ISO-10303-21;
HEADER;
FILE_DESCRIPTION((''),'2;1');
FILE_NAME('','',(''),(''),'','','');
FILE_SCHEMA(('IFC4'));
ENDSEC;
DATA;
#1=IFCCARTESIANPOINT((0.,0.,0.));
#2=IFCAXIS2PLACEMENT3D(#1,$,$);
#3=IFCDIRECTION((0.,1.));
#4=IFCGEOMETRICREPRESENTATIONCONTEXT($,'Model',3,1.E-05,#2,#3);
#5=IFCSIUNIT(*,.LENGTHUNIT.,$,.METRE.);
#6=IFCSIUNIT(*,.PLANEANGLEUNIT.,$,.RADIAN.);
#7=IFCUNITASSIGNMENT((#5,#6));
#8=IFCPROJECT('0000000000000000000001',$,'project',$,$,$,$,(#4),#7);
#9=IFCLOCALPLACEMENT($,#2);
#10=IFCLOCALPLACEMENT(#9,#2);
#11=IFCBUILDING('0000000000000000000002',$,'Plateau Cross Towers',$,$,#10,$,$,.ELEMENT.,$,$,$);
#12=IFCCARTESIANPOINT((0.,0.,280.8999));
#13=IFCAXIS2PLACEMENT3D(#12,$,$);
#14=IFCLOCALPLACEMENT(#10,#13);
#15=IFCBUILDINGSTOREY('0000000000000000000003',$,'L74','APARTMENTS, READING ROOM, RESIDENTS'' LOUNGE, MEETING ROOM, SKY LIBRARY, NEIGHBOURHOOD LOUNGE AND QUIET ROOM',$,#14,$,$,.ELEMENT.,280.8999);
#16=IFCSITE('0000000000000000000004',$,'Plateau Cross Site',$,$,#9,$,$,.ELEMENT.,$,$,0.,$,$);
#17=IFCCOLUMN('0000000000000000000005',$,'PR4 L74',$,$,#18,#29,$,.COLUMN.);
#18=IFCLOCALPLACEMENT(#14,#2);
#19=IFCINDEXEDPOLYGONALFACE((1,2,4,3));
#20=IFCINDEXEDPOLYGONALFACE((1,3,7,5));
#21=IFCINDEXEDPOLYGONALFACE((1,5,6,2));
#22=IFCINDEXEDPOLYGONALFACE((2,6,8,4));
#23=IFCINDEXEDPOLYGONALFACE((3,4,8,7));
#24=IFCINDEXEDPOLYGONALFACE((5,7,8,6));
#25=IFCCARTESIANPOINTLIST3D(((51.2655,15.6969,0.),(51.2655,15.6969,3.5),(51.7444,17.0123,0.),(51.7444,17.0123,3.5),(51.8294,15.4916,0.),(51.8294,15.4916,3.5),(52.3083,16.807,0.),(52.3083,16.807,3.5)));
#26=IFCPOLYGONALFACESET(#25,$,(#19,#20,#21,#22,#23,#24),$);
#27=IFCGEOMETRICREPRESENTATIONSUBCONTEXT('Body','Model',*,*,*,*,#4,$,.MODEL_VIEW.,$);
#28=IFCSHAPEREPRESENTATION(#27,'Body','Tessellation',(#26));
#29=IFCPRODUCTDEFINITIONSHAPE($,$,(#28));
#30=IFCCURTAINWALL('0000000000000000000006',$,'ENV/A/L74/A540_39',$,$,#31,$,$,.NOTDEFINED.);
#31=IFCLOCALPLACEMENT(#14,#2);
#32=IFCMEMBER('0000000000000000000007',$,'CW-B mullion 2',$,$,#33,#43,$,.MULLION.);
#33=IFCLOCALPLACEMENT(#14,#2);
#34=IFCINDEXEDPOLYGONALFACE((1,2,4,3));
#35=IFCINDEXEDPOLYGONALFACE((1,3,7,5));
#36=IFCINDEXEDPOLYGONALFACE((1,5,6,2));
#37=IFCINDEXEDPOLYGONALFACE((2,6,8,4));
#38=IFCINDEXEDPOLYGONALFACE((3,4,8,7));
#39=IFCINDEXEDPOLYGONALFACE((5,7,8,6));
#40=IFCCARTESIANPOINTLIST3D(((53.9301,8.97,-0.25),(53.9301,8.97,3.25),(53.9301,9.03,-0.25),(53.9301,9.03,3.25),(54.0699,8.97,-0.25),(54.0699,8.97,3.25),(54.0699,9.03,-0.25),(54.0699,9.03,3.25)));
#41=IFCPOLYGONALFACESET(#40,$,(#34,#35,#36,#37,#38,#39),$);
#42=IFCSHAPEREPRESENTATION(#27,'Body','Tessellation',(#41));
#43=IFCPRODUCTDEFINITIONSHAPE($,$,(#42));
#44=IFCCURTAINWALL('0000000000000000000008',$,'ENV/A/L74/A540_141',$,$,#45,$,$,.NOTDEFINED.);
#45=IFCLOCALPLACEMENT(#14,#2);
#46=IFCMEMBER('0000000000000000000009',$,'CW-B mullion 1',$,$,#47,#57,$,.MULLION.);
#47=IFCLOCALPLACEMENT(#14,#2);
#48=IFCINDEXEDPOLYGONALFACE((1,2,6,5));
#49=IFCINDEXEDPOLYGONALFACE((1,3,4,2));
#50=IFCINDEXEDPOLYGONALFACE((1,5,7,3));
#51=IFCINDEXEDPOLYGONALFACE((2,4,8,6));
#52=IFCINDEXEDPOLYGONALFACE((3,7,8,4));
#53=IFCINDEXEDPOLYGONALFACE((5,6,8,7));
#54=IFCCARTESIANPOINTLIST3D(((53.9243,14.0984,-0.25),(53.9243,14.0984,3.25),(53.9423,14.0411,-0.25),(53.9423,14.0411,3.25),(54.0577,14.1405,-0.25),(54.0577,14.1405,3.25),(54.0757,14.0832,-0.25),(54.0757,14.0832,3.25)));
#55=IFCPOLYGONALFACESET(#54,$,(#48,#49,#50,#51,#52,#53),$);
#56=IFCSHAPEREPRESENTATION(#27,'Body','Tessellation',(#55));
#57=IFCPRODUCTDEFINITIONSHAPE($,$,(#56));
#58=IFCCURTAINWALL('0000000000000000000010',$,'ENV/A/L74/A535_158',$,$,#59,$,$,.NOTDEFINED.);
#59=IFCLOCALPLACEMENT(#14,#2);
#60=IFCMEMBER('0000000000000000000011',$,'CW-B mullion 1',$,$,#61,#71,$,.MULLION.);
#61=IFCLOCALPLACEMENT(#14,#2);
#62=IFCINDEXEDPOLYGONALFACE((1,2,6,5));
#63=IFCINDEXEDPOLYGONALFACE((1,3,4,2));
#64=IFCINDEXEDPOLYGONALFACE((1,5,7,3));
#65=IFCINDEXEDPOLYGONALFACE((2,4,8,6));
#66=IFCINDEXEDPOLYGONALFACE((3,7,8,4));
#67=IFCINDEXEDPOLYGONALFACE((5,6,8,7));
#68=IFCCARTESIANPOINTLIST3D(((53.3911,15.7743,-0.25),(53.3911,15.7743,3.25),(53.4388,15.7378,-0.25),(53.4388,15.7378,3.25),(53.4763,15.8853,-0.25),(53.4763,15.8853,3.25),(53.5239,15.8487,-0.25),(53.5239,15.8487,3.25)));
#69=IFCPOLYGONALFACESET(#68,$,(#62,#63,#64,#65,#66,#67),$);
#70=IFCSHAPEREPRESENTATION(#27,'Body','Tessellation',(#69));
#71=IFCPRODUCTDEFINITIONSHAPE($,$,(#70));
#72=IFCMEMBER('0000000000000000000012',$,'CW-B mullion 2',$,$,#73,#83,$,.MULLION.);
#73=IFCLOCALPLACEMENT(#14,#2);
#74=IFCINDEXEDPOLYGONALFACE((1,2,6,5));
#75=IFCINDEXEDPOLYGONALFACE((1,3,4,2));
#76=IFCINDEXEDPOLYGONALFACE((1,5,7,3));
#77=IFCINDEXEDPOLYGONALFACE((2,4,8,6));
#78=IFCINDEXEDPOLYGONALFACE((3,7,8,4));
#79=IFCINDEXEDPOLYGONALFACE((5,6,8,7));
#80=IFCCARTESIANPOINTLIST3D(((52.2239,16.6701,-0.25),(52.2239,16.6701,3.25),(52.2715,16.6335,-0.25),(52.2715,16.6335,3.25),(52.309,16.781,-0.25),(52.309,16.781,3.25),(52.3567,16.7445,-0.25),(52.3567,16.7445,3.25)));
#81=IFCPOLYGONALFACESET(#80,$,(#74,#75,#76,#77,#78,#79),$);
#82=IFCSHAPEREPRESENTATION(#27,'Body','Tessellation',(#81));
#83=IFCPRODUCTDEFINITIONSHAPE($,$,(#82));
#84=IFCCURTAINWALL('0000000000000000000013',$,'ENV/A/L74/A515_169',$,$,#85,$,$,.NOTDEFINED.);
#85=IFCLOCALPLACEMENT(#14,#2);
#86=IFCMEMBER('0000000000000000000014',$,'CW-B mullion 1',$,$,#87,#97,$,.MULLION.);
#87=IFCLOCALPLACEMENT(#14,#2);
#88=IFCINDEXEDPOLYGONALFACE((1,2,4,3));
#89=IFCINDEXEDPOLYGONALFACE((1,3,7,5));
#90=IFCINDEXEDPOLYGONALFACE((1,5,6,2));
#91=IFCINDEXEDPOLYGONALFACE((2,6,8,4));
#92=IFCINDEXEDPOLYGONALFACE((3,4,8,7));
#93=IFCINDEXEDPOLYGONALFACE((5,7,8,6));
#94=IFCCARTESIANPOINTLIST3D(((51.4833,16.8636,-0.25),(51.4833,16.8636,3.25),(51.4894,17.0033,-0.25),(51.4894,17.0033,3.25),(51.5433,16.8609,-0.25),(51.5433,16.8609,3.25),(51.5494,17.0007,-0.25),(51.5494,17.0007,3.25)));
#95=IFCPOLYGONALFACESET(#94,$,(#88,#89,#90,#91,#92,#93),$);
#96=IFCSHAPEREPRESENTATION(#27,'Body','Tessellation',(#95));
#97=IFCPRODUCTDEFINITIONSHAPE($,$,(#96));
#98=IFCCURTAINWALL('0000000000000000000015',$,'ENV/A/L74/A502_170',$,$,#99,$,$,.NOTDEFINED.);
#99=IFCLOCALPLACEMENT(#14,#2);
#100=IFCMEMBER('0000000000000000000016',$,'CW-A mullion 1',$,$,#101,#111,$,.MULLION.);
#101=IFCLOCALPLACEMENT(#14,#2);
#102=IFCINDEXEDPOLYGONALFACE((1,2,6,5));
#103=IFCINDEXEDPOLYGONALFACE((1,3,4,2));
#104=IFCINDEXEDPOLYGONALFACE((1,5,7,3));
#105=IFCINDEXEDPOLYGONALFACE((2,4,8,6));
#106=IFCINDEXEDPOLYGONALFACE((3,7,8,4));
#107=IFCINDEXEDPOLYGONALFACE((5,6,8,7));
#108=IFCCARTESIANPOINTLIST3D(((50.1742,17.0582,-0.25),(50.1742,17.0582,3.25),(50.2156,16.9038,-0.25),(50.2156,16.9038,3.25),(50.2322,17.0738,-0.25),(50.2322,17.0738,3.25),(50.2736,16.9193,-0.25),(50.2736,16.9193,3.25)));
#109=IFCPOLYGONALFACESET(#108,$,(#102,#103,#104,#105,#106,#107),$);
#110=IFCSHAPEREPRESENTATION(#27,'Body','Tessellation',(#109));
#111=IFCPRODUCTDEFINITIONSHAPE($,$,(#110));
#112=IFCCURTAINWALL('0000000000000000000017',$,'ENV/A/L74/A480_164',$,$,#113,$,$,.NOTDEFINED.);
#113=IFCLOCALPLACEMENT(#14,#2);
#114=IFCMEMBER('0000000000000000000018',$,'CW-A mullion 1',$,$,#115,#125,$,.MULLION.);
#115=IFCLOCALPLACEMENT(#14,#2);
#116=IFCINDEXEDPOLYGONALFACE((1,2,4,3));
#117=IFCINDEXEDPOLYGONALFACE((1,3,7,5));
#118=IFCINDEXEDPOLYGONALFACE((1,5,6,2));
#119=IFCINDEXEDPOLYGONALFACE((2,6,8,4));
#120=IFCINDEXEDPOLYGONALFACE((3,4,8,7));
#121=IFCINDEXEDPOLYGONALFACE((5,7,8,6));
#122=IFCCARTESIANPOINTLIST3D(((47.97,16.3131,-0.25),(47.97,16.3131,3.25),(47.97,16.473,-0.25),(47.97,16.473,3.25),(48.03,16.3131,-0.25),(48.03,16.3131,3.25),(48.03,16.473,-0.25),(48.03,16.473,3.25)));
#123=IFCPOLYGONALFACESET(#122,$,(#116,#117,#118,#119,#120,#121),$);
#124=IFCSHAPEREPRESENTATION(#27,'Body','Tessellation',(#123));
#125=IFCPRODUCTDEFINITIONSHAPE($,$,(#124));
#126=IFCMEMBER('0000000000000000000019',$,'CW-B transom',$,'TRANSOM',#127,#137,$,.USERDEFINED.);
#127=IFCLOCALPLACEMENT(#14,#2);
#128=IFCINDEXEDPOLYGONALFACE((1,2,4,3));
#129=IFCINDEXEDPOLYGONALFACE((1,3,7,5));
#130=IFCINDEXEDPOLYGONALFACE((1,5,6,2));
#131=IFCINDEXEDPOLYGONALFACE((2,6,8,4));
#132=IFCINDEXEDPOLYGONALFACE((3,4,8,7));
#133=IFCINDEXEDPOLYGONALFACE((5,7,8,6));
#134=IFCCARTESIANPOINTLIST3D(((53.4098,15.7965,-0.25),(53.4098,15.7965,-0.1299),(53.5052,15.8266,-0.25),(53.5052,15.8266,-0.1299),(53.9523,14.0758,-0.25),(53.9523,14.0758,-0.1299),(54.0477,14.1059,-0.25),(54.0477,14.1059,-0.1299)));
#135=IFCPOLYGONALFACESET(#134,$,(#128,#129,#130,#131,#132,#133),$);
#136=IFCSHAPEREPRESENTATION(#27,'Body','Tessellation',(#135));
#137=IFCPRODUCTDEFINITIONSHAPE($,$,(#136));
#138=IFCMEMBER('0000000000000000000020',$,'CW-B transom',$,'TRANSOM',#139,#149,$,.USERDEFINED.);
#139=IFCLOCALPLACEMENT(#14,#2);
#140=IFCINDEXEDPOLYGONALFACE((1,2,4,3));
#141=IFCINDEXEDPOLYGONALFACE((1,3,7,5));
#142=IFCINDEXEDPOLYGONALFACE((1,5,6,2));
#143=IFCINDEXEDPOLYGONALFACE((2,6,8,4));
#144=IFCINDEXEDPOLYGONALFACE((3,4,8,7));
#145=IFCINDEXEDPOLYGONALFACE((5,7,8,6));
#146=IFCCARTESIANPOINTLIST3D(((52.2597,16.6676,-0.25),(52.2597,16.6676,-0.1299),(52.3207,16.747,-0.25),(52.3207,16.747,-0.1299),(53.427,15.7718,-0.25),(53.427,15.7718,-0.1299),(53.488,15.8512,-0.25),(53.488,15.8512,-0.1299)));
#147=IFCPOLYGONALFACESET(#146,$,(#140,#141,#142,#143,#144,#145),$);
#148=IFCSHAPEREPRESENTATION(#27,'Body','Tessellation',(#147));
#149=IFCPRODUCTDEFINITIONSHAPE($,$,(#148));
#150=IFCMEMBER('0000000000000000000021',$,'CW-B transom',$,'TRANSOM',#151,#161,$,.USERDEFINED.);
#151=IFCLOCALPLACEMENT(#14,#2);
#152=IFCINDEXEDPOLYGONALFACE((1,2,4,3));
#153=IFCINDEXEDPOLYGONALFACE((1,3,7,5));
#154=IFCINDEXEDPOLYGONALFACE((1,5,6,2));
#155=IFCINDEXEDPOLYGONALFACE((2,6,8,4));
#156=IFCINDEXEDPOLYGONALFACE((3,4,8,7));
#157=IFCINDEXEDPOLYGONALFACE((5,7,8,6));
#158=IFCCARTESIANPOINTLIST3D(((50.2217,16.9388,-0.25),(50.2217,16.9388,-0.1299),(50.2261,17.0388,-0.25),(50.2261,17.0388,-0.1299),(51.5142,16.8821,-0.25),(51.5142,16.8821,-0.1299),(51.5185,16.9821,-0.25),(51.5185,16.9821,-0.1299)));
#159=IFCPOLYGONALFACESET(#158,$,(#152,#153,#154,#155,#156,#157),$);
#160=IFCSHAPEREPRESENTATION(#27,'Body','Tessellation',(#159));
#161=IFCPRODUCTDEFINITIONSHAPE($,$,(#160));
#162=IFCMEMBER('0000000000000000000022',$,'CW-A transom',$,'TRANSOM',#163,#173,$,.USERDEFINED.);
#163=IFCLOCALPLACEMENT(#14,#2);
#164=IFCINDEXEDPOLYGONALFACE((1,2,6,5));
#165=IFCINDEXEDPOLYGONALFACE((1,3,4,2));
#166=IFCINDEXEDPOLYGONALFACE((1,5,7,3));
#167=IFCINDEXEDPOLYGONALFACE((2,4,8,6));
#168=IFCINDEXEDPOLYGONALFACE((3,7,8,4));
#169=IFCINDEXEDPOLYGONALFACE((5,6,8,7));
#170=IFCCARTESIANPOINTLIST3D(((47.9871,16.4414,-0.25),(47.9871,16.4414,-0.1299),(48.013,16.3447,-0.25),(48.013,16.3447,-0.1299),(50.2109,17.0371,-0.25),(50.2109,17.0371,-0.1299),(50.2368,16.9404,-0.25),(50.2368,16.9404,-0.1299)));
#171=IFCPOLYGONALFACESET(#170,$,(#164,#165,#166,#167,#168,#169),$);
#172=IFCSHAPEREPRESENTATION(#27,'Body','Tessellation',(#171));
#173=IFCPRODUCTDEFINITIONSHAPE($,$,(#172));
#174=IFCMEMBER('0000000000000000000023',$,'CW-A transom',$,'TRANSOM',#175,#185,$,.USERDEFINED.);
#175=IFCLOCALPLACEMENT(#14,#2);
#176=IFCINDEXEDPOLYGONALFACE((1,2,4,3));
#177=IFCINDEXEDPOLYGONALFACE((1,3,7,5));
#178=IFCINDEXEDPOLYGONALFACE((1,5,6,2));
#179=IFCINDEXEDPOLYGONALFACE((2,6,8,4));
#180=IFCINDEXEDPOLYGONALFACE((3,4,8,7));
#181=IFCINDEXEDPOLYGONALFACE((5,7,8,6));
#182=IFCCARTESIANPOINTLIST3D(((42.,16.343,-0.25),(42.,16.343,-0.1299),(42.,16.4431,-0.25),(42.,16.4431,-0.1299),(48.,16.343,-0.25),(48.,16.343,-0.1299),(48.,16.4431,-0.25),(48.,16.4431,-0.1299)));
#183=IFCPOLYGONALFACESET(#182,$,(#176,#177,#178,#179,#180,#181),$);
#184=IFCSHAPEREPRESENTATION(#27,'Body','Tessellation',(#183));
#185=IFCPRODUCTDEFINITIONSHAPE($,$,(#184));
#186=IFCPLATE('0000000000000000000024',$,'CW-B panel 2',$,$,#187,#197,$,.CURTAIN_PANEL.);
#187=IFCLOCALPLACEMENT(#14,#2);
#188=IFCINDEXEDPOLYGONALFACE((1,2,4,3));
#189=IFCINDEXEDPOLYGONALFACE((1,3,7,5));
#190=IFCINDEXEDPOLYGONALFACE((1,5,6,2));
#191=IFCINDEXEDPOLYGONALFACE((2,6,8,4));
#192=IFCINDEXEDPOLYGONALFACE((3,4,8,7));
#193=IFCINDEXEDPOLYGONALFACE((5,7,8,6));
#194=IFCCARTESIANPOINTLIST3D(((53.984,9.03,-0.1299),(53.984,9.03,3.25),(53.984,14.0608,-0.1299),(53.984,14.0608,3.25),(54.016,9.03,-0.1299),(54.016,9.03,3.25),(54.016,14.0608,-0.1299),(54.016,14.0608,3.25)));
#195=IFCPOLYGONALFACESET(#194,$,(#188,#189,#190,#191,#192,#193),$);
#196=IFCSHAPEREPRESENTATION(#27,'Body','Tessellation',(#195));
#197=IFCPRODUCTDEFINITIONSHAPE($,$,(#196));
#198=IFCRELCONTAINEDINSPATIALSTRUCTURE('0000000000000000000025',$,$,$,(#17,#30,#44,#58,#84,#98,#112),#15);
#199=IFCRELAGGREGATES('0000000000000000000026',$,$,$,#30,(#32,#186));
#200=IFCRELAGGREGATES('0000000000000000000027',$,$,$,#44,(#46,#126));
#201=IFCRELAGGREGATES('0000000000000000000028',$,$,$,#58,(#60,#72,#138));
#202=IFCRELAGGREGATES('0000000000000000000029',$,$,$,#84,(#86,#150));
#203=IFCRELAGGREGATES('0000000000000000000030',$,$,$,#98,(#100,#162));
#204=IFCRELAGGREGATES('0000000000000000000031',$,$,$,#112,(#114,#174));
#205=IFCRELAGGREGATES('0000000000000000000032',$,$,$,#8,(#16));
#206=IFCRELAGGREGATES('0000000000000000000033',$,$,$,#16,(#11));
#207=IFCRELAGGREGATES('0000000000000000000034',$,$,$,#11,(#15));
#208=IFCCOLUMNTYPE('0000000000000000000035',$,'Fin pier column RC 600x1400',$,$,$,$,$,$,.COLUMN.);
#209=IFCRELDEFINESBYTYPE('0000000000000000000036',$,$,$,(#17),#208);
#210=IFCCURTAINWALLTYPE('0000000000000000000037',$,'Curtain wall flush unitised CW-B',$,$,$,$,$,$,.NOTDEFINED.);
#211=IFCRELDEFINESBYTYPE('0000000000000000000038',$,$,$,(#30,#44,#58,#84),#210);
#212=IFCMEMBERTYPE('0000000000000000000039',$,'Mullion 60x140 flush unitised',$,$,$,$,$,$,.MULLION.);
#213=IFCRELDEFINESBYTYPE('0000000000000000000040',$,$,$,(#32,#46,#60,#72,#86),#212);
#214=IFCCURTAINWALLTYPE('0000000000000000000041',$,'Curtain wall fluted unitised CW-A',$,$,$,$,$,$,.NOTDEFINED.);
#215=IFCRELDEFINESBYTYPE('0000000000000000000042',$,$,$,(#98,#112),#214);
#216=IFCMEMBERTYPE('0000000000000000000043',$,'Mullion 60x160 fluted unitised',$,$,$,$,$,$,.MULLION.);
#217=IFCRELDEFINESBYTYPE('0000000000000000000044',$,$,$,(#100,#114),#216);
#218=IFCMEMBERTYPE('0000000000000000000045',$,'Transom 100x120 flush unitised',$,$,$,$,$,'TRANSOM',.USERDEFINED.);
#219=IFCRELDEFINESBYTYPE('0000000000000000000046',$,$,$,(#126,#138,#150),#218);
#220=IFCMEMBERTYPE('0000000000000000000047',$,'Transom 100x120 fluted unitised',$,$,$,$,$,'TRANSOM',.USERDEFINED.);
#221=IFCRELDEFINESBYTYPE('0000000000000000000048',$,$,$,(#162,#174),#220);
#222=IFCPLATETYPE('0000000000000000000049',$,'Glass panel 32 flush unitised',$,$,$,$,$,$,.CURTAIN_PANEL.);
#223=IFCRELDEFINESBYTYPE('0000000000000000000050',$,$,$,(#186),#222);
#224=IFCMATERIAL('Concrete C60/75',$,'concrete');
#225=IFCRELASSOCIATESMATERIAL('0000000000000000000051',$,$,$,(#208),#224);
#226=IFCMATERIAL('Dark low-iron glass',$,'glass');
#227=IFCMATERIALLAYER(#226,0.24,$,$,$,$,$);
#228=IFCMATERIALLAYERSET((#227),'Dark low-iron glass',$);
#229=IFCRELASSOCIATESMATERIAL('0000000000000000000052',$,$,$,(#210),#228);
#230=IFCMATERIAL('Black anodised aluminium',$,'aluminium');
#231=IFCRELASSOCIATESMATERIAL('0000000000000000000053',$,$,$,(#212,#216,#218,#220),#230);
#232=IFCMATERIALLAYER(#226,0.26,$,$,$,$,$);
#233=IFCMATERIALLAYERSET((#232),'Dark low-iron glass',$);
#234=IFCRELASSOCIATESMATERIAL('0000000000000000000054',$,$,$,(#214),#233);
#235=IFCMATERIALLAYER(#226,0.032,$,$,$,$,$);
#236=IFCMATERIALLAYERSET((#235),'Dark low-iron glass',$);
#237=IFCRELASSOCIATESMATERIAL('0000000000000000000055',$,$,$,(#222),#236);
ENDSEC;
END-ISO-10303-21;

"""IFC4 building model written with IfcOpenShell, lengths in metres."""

from ifc_helpers import new_model, si_unit, direction, frame, origin, origin_2d, place, context, subcontext, project, spatial, rectangle, extrude, material, layer, layer_set, material_profile, profile_set, type_object, element, aggregate, save


model = new_model("IFC4")

# Units and contexts
model_context = context("Model", 3, precision=1e-05, world=origin(), true_north=direction((0.0, 1.0)))
body_context = subcontext(model_context, "Body", "Model", "MODEL_VIEW")
ifc_project = project(units=[si_unit("LENGTHUNIT", "METRE"), si_unit("PLANEANGLEUNIT", "RADIAN")], contexts=[model_context])

# Site, building, storey
site_placement = place(None, origin())
site = spatial("IfcSite", under=ifc_project, at=site_placement, Name="Plateau Cross Site", CompositionType="ELEMENT", RefElevation=0.0)
building_placement = place(site_placement, origin())
building = spatial("IfcBuilding", under=site, at=building_placement, Name="Plateau Cross Towers", CompositionType="ELEMENT")
storey_placement = place(building_placement, frame((0.0, 0.0, 280.8999)))
storey = spatial("IfcBuildingStorey", under=building, at=storey_placement, Name="L74", Description="APARTMENTS, READING ROOM, RESIDENTS' LOUNGE, MEETING ROOM, SKY LIBRARY, NEIGHBOURHOOD LOUNGE AND QUIET ROOM", CompositionType="ELEMENT", Elevation=280.8999)

# Column
ifc_material_1 = material(Name="Concrete C60/75", Category="concrete")
ifc_material_profile_1 = material_profile(ifc_material_1, rectangle(XDim=0.6001, YDim=1.3999, at=origin_2d()), Name="RC 600x1400")
ifc_profile_set_1 = profile_set([ifc_material_profile_1], Name="Concrete C60/75")
column_type = type_object("IfcColumnType", Name="Fin pier column RC 600x1400", PredefinedType="COLUMN", material=ifc_profile_set_1)
column_placement = place(storey_placement, frame((51.7869, 16.252, 0.0), z_axis=(0.0, 0.0, 1.0), x_axis=(-0.939664, 0.342098, 0.0)))
element("IfcColumn", 1, at=column_placement, inside=storey, type_object=column_type, Name="PR4 L74", PredefinedType="COLUMN", context=body_context, shape_type="SweptSolid", body=[
    extrude(rectangle(XDim=0.6001, YDim=1.3999, at=origin_2d()), origin(), (0.0, 0.0, 1.0), 3.5),
])

# Curtain walls, members
ifc_material_2 = material(Name="Dark low-iron glass", Category="glass")
ifc_layer_1 = layer(ifc_material_2, 0.24)
ifc_layer_set_1 = layer_set([ifc_layer_1], Name="Dark low-iron glass")
curtain_wall_type_1 = type_object("IfcCurtainWallType", Name="Curtain wall flush unitised CW-B", PredefinedType="NOTDEFINED", material=ifc_layer_set_1)
curtain_wall_1_placement = place(storey_placement, origin())
curtain_wall_1 = element("IfcCurtainWall", 2, at=curtain_wall_1_placement, inside=storey, type_object=curtain_wall_type_1, Name="ENV/A/L74/A540_39", PredefinedType="NOTDEFINED")
ifc_material_3 = material(Name="Black anodised aluminium", Category="aluminium")
ifc_material_profile_2 = material_profile(ifc_material_3, rectangle(XDim=0.0601, YDim=0.1399, at=origin_2d()), Name="MULLION 60x140")
ifc_profile_set_2 = profile_set([ifc_material_profile_2], Name="Black anodised aluminium")
member_type_1 = type_object("IfcMemberType", Name="Mullion 60x140 flush unitised", PredefinedType="MULLION", material=ifc_profile_set_2)
member_1_placement = place(storey_placement, frame((54.0, 9.0, -0.25), z_axis=(0.0, 0.0, 1.0), x_axis=(0.0, 1.0, 0.0)))
member_1 = element("IfcMember", 3, at=member_1_placement, type_object=member_type_1, Name="CW-B mullion 2", PredefinedType="MULLION", context=body_context, shape_type="SweptSolid", body=[
    extrude(rectangle(XDim=0.0601, YDim=0.1399, at=origin_2d()), origin(), (0.0, 0.0, 1.0), 3.5),
])
curtain_wall_2_placement = place(storey_placement, origin())
curtain_wall_2 = element("IfcCurtainWall", 4, at=curtain_wall_2_placement, inside=storey, type_object=curtain_wall_type_1, Name="ENV/A/L74/A540_141", PredefinedType="NOTDEFINED")
member_2_placement = place(storey_placement, frame((54.0, 14.0908, -0.25), z_axis=(0.0, 0.0, 1.0), x_axis=(-0.300686, 0.953723, 0.0)))
member_2 = element("IfcMember", 5, at=member_2_placement, type_object=member_type_1, Name="CW-B mullion 1", PredefinedType="MULLION", context=body_context, shape_type="SweptSolid", body=[
    extrude(rectangle(XDim=0.0601, YDim=0.1399, at=origin_2d()), origin(), (0.0, 0.0, 1.0), 3.5),
])

# Curtain wall, members
curtain_wall_3_placement = place(storey_placement, origin())
curtain_wall_3 = element("IfcCurtainWall", 6, at=curtain_wall_3_placement, inside=storey, type_object=curtain_wall_type_1, Name="ENV/A/L74/A535_158", PredefinedType="NOTDEFINED")
member_3_placement = place(storey_placement, frame((53.4575, 15.8115, -0.25), z_axis=(0.0, 0.0, 1.0), x_axis=(-0.793316, 0.608811, 0.0)))
member_3 = element("IfcMember", 7, at=member_3_placement, type_object=member_type_1, Name="CW-B mullion 1", PredefinedType="MULLION", context=body_context, shape_type="SweptSolid", body=[
    extrude(rectangle(XDim=0.0601, YDim=0.1399, at=origin_2d()), origin(), (0.0, 0.0, 1.0), 3.5),
])
member_4_placement = place(storey_placement, frame((52.2903, 16.7073, -0.25), z_axis=(0.0, 0.0, 1.0), x_axis=(-0.793316, 0.608811, 0.0)))
member_4 = element("IfcMember", 8, at=member_4_placement, type_object=member_type_1, Name="CW-B mullion 2", PredefinedType="MULLION", context=body_context, shape_type="SweptSolid", body=[
    extrude(rectangle(XDim=0.0601, YDim=0.1399, at=origin_2d()), origin(), (0.0, 0.0, 1.0), 3.5),
])

# Curtain walls, members
curtain_wall_4_placement = place(storey_placement, origin())
curtain_wall_4 = element("IfcCurtainWall", 9, at=curtain_wall_4_placement, inside=storey, type_object=curtain_wall_type_1, Name="ENV/A/L74/A515_169", PredefinedType="NOTDEFINED")
member_5_placement = place(storey_placement, frame((51.5164, 16.9321, -0.25), z_axis=(0.0, 0.0, 1.0), x_axis=(-0.999044, 0.043723, 0.0)))
member_5 = element("IfcMember", 10, at=member_5_placement, type_object=member_type_1, Name="CW-B mullion 1", PredefinedType="MULLION", context=body_context, shape_type="SweptSolid", body=[
    extrude(rectangle(XDim=0.0601, YDim=0.1399, at=origin_2d()), origin(), (0.0, 0.0, 1.0), 3.5),
])
ifc_layer_2 = layer(ifc_material_2, 0.26)
ifc_layer_set_2 = layer_set([ifc_layer_2], Name="Dark low-iron glass")
curtain_wall_type_2 = type_object("IfcCurtainWallType", Name="Curtain wall fluted unitised CW-A", PredefinedType="NOTDEFINED", material=ifc_layer_set_2)
curtain_wall_5_placement = place(storey_placement, origin())
curtain_wall_5 = element("IfcCurtainWall", 11, at=curtain_wall_5_placement, inside=storey, type_object=curtain_wall_type_2, Name="ENV/A/L74/A502_170", PredefinedType="NOTDEFINED")
ifc_material_profile_3 = material_profile(ifc_material_3, rectangle(XDim=0.0601, YDim=0.1599, at=origin_2d()), Name="MULLION 60x160")
ifc_profile_set_3 = profile_set([ifc_material_profile_3], Name="Black anodised aluminium")
member_type_2 = type_object("IfcMemberType", Name="Mullion 60x160 fluted unitised", PredefinedType="MULLION", material=ifc_profile_set_3)
member_6_placement = place(storey_placement, frame((50.2239, 16.9888, -0.25), z_axis=(0.0, 0.0, 1.0), x_axis=(-0.965958, -0.258699, 0.0)))
member_6 = element("IfcMember", 12, at=member_6_placement, type_object=member_type_2, Name="CW-A mullion 1", PredefinedType="MULLION", context=body_context, shape_type="SweptSolid", body=[
    extrude(rectangle(XDim=0.0601, YDim=0.1599, at=origin_2d()), origin(), (0.0, 0.0, 1.0), 3.5),
])
curtain_wall_6_placement = place(storey_placement, origin())
curtain_wall_6 = element("IfcCurtainWall", 13, at=curtain_wall_6_placement, inside=storey, type_object=curtain_wall_type_2, Name="ENV/A/L74/A480_164", PredefinedType="NOTDEFINED")
member_7_placement = place(storey_placement, frame((48.0, 16.3931, -0.25), z_axis=(0.0, 0.0, 1.0), x_axis=(-1.0, 0.0, 0.0)))
member_7 = element("IfcMember", 14, at=member_7_placement, type_object=member_type_2, Name="CW-A mullion 1", PredefinedType="MULLION", context=body_context, shape_type="SweptSolid", body=[
    extrude(rectangle(XDim=0.0601, YDim=0.1599, at=origin_2d()), origin(), (0.0, 0.0, 1.0), 3.5),
])

# Members
ifc_material_profile_4 = material_profile(ifc_material_3, rectangle(XDim=0.1001, YDim=0.1201, at=origin_2d()), Name="TRANSOM 100x120")
ifc_profile_set_4 = profile_set([ifc_material_profile_4], Name="Black anodised aluminium")
member_type_3 = type_object("IfcMemberType", Name="Transom 100x120 flush unitised", ElementType="TRANSOM", PredefinedType="USERDEFINED", material=ifc_profile_set_4)
member_8_placement = place(storey_placement, frame((54.0, 14.0908, -0.1899), z_axis=(-0.300678, 0.953726, 0.0), x_axis=(-0.953726, -0.300678, 0.0)))
member_8 = element("IfcMember", 15, at=member_8_placement, type_object=member_type_3, Name="CW-B transom", ObjectType="TRANSOM", PredefinedType="USERDEFINED", context=body_context, shape_type="SweptSolid", body=[
    extrude(rectangle(XDim=0.1001, YDim=0.1201, at=origin_2d()), origin(), (0.0, 0.0, 1.0), 1.8042),
])
member_9_placement = place(storey_placement, frame((53.4575, 15.8115, -0.1899), z_axis=(-0.793321, 0.608804, 0.0), x_axis=(-0.608804, -0.793321, 0.0)))
member_9 = element("IfcMember", 16, at=member_9_placement, type_object=member_type_3, Name="CW-B transom", ObjectType="TRANSOM", PredefinedType="USERDEFINED", context=body_context, shape_type="SweptSolid", body=[
    extrude(rectangle(XDim=0.1001, YDim=0.1201, at=origin_2d()), origin(), (0.0, 0.0, 1.0), 1.4714),
])
member_10_placement = place(storey_placement, frame((51.5164, 16.9321, -0.1899), z_axis=(-0.999041, 0.043781, 0.0), x_axis=(-0.043781, -0.999041, 0.0)))
member_10 = element("IfcMember", 17, at=member_10_placement, type_object=member_type_3, Name="CW-B transom", ObjectType="TRANSOM", PredefinedType="USERDEFINED", context=body_context, shape_type="SweptSolid", body=[
    extrude(rectangle(XDim=0.1001, YDim=0.1201, at=origin_2d()), origin(), (0.0, 0.0, 1.0), 1.2937),
])
ifc_material_profile_5 = material_profile(ifc_material_3, rectangle(XDim=0.1001, YDim=0.1201, at=origin_2d()), Name="TRANSOM 100x120")
ifc_profile_set_5 = profile_set([ifc_material_profile_5], Name="Black anodised aluminium")
member_type_4 = type_object("IfcMemberType", Name="Transom 100x120 fluted unitised", ElementType="TRANSOM", PredefinedType="USERDEFINED", material=ifc_profile_set_5)
member_11_placement = place(storey_placement, frame((50.2239, 16.9888, -0.1899), z_axis=(-0.965946, -0.258745, 0.0), x_axis=(0.258745, -0.965946, 0.0)))
member_11 = element("IfcMember", 18, at=member_11_placement, type_object=member_type_4, Name="CW-A transom", ObjectType="TRANSOM", PredefinedType="USERDEFINED", context=body_context, shape_type="SweptSolid", body=[
    extrude(rectangle(XDim=0.1001, YDim=0.1201, at=origin_2d()), origin(), (0.0, 0.0, 1.0), 2.3022),
])
member_12_placement = place(storey_placement, frame((48.0, 16.3931, -0.1899), z_axis=(-1.0, 0.0, 0.0), x_axis=(0.0, -1.0, 0.0)))
member_12 = element("IfcMember", 19, at=member_12_placement, type_object=member_type_4, Name="CW-A transom", ObjectType="TRANSOM", PredefinedType="USERDEFINED", context=body_context, shape_type="SweptSolid", body=[
    extrude(rectangle(XDim=0.1001, YDim=0.1201, at=origin_2d()), origin(), (0.0, 0.0, 1.0), 6.0),
])

# Plate
ifc_layer_3 = layer(ifc_material_2, 0.032)
ifc_layer_set_3 = layer_set([ifc_layer_3], Name="Dark low-iron glass")
plate_type_1 = type_object("IfcPlateType", Name="Glass panel 32 flush unitised", PredefinedType="CURTAIN_PANEL", material=ifc_layer_set_3)
plate_1_placement = place(storey_placement, frame((54.0, 11.5454, -0.1299), z_axis=(0.0, 0.0, 1.0), x_axis=(0.0, 1.0, 0.0)))
plate_1 = element("IfcPlate", 20, at=plate_1_placement, type_object=plate_type_1, Name="CW-B panel 2", PredefinedType="CURTAIN_PANEL", context=body_context, shape_type="SweptSolid", body=[
    extrude(rectangle(XDim=5.0308, YDim=0.032, at=origin_2d()), origin(), (0.0, 0.0, 1.0), 3.3799),
])
aggregate(curtain_wall_1, [member_1, plate_1])
aggregate(curtain_wall_2, [member_2, member_8])
aggregate(curtain_wall_3, [member_3, member_4, member_9])
aggregate(curtain_wall_4, [member_5, member_10])
aggregate(curtain_wall_5, [member_6, member_11])
aggregate(curtain_wall_6, [member_7, member_12])

save(model, "model.ifc")
